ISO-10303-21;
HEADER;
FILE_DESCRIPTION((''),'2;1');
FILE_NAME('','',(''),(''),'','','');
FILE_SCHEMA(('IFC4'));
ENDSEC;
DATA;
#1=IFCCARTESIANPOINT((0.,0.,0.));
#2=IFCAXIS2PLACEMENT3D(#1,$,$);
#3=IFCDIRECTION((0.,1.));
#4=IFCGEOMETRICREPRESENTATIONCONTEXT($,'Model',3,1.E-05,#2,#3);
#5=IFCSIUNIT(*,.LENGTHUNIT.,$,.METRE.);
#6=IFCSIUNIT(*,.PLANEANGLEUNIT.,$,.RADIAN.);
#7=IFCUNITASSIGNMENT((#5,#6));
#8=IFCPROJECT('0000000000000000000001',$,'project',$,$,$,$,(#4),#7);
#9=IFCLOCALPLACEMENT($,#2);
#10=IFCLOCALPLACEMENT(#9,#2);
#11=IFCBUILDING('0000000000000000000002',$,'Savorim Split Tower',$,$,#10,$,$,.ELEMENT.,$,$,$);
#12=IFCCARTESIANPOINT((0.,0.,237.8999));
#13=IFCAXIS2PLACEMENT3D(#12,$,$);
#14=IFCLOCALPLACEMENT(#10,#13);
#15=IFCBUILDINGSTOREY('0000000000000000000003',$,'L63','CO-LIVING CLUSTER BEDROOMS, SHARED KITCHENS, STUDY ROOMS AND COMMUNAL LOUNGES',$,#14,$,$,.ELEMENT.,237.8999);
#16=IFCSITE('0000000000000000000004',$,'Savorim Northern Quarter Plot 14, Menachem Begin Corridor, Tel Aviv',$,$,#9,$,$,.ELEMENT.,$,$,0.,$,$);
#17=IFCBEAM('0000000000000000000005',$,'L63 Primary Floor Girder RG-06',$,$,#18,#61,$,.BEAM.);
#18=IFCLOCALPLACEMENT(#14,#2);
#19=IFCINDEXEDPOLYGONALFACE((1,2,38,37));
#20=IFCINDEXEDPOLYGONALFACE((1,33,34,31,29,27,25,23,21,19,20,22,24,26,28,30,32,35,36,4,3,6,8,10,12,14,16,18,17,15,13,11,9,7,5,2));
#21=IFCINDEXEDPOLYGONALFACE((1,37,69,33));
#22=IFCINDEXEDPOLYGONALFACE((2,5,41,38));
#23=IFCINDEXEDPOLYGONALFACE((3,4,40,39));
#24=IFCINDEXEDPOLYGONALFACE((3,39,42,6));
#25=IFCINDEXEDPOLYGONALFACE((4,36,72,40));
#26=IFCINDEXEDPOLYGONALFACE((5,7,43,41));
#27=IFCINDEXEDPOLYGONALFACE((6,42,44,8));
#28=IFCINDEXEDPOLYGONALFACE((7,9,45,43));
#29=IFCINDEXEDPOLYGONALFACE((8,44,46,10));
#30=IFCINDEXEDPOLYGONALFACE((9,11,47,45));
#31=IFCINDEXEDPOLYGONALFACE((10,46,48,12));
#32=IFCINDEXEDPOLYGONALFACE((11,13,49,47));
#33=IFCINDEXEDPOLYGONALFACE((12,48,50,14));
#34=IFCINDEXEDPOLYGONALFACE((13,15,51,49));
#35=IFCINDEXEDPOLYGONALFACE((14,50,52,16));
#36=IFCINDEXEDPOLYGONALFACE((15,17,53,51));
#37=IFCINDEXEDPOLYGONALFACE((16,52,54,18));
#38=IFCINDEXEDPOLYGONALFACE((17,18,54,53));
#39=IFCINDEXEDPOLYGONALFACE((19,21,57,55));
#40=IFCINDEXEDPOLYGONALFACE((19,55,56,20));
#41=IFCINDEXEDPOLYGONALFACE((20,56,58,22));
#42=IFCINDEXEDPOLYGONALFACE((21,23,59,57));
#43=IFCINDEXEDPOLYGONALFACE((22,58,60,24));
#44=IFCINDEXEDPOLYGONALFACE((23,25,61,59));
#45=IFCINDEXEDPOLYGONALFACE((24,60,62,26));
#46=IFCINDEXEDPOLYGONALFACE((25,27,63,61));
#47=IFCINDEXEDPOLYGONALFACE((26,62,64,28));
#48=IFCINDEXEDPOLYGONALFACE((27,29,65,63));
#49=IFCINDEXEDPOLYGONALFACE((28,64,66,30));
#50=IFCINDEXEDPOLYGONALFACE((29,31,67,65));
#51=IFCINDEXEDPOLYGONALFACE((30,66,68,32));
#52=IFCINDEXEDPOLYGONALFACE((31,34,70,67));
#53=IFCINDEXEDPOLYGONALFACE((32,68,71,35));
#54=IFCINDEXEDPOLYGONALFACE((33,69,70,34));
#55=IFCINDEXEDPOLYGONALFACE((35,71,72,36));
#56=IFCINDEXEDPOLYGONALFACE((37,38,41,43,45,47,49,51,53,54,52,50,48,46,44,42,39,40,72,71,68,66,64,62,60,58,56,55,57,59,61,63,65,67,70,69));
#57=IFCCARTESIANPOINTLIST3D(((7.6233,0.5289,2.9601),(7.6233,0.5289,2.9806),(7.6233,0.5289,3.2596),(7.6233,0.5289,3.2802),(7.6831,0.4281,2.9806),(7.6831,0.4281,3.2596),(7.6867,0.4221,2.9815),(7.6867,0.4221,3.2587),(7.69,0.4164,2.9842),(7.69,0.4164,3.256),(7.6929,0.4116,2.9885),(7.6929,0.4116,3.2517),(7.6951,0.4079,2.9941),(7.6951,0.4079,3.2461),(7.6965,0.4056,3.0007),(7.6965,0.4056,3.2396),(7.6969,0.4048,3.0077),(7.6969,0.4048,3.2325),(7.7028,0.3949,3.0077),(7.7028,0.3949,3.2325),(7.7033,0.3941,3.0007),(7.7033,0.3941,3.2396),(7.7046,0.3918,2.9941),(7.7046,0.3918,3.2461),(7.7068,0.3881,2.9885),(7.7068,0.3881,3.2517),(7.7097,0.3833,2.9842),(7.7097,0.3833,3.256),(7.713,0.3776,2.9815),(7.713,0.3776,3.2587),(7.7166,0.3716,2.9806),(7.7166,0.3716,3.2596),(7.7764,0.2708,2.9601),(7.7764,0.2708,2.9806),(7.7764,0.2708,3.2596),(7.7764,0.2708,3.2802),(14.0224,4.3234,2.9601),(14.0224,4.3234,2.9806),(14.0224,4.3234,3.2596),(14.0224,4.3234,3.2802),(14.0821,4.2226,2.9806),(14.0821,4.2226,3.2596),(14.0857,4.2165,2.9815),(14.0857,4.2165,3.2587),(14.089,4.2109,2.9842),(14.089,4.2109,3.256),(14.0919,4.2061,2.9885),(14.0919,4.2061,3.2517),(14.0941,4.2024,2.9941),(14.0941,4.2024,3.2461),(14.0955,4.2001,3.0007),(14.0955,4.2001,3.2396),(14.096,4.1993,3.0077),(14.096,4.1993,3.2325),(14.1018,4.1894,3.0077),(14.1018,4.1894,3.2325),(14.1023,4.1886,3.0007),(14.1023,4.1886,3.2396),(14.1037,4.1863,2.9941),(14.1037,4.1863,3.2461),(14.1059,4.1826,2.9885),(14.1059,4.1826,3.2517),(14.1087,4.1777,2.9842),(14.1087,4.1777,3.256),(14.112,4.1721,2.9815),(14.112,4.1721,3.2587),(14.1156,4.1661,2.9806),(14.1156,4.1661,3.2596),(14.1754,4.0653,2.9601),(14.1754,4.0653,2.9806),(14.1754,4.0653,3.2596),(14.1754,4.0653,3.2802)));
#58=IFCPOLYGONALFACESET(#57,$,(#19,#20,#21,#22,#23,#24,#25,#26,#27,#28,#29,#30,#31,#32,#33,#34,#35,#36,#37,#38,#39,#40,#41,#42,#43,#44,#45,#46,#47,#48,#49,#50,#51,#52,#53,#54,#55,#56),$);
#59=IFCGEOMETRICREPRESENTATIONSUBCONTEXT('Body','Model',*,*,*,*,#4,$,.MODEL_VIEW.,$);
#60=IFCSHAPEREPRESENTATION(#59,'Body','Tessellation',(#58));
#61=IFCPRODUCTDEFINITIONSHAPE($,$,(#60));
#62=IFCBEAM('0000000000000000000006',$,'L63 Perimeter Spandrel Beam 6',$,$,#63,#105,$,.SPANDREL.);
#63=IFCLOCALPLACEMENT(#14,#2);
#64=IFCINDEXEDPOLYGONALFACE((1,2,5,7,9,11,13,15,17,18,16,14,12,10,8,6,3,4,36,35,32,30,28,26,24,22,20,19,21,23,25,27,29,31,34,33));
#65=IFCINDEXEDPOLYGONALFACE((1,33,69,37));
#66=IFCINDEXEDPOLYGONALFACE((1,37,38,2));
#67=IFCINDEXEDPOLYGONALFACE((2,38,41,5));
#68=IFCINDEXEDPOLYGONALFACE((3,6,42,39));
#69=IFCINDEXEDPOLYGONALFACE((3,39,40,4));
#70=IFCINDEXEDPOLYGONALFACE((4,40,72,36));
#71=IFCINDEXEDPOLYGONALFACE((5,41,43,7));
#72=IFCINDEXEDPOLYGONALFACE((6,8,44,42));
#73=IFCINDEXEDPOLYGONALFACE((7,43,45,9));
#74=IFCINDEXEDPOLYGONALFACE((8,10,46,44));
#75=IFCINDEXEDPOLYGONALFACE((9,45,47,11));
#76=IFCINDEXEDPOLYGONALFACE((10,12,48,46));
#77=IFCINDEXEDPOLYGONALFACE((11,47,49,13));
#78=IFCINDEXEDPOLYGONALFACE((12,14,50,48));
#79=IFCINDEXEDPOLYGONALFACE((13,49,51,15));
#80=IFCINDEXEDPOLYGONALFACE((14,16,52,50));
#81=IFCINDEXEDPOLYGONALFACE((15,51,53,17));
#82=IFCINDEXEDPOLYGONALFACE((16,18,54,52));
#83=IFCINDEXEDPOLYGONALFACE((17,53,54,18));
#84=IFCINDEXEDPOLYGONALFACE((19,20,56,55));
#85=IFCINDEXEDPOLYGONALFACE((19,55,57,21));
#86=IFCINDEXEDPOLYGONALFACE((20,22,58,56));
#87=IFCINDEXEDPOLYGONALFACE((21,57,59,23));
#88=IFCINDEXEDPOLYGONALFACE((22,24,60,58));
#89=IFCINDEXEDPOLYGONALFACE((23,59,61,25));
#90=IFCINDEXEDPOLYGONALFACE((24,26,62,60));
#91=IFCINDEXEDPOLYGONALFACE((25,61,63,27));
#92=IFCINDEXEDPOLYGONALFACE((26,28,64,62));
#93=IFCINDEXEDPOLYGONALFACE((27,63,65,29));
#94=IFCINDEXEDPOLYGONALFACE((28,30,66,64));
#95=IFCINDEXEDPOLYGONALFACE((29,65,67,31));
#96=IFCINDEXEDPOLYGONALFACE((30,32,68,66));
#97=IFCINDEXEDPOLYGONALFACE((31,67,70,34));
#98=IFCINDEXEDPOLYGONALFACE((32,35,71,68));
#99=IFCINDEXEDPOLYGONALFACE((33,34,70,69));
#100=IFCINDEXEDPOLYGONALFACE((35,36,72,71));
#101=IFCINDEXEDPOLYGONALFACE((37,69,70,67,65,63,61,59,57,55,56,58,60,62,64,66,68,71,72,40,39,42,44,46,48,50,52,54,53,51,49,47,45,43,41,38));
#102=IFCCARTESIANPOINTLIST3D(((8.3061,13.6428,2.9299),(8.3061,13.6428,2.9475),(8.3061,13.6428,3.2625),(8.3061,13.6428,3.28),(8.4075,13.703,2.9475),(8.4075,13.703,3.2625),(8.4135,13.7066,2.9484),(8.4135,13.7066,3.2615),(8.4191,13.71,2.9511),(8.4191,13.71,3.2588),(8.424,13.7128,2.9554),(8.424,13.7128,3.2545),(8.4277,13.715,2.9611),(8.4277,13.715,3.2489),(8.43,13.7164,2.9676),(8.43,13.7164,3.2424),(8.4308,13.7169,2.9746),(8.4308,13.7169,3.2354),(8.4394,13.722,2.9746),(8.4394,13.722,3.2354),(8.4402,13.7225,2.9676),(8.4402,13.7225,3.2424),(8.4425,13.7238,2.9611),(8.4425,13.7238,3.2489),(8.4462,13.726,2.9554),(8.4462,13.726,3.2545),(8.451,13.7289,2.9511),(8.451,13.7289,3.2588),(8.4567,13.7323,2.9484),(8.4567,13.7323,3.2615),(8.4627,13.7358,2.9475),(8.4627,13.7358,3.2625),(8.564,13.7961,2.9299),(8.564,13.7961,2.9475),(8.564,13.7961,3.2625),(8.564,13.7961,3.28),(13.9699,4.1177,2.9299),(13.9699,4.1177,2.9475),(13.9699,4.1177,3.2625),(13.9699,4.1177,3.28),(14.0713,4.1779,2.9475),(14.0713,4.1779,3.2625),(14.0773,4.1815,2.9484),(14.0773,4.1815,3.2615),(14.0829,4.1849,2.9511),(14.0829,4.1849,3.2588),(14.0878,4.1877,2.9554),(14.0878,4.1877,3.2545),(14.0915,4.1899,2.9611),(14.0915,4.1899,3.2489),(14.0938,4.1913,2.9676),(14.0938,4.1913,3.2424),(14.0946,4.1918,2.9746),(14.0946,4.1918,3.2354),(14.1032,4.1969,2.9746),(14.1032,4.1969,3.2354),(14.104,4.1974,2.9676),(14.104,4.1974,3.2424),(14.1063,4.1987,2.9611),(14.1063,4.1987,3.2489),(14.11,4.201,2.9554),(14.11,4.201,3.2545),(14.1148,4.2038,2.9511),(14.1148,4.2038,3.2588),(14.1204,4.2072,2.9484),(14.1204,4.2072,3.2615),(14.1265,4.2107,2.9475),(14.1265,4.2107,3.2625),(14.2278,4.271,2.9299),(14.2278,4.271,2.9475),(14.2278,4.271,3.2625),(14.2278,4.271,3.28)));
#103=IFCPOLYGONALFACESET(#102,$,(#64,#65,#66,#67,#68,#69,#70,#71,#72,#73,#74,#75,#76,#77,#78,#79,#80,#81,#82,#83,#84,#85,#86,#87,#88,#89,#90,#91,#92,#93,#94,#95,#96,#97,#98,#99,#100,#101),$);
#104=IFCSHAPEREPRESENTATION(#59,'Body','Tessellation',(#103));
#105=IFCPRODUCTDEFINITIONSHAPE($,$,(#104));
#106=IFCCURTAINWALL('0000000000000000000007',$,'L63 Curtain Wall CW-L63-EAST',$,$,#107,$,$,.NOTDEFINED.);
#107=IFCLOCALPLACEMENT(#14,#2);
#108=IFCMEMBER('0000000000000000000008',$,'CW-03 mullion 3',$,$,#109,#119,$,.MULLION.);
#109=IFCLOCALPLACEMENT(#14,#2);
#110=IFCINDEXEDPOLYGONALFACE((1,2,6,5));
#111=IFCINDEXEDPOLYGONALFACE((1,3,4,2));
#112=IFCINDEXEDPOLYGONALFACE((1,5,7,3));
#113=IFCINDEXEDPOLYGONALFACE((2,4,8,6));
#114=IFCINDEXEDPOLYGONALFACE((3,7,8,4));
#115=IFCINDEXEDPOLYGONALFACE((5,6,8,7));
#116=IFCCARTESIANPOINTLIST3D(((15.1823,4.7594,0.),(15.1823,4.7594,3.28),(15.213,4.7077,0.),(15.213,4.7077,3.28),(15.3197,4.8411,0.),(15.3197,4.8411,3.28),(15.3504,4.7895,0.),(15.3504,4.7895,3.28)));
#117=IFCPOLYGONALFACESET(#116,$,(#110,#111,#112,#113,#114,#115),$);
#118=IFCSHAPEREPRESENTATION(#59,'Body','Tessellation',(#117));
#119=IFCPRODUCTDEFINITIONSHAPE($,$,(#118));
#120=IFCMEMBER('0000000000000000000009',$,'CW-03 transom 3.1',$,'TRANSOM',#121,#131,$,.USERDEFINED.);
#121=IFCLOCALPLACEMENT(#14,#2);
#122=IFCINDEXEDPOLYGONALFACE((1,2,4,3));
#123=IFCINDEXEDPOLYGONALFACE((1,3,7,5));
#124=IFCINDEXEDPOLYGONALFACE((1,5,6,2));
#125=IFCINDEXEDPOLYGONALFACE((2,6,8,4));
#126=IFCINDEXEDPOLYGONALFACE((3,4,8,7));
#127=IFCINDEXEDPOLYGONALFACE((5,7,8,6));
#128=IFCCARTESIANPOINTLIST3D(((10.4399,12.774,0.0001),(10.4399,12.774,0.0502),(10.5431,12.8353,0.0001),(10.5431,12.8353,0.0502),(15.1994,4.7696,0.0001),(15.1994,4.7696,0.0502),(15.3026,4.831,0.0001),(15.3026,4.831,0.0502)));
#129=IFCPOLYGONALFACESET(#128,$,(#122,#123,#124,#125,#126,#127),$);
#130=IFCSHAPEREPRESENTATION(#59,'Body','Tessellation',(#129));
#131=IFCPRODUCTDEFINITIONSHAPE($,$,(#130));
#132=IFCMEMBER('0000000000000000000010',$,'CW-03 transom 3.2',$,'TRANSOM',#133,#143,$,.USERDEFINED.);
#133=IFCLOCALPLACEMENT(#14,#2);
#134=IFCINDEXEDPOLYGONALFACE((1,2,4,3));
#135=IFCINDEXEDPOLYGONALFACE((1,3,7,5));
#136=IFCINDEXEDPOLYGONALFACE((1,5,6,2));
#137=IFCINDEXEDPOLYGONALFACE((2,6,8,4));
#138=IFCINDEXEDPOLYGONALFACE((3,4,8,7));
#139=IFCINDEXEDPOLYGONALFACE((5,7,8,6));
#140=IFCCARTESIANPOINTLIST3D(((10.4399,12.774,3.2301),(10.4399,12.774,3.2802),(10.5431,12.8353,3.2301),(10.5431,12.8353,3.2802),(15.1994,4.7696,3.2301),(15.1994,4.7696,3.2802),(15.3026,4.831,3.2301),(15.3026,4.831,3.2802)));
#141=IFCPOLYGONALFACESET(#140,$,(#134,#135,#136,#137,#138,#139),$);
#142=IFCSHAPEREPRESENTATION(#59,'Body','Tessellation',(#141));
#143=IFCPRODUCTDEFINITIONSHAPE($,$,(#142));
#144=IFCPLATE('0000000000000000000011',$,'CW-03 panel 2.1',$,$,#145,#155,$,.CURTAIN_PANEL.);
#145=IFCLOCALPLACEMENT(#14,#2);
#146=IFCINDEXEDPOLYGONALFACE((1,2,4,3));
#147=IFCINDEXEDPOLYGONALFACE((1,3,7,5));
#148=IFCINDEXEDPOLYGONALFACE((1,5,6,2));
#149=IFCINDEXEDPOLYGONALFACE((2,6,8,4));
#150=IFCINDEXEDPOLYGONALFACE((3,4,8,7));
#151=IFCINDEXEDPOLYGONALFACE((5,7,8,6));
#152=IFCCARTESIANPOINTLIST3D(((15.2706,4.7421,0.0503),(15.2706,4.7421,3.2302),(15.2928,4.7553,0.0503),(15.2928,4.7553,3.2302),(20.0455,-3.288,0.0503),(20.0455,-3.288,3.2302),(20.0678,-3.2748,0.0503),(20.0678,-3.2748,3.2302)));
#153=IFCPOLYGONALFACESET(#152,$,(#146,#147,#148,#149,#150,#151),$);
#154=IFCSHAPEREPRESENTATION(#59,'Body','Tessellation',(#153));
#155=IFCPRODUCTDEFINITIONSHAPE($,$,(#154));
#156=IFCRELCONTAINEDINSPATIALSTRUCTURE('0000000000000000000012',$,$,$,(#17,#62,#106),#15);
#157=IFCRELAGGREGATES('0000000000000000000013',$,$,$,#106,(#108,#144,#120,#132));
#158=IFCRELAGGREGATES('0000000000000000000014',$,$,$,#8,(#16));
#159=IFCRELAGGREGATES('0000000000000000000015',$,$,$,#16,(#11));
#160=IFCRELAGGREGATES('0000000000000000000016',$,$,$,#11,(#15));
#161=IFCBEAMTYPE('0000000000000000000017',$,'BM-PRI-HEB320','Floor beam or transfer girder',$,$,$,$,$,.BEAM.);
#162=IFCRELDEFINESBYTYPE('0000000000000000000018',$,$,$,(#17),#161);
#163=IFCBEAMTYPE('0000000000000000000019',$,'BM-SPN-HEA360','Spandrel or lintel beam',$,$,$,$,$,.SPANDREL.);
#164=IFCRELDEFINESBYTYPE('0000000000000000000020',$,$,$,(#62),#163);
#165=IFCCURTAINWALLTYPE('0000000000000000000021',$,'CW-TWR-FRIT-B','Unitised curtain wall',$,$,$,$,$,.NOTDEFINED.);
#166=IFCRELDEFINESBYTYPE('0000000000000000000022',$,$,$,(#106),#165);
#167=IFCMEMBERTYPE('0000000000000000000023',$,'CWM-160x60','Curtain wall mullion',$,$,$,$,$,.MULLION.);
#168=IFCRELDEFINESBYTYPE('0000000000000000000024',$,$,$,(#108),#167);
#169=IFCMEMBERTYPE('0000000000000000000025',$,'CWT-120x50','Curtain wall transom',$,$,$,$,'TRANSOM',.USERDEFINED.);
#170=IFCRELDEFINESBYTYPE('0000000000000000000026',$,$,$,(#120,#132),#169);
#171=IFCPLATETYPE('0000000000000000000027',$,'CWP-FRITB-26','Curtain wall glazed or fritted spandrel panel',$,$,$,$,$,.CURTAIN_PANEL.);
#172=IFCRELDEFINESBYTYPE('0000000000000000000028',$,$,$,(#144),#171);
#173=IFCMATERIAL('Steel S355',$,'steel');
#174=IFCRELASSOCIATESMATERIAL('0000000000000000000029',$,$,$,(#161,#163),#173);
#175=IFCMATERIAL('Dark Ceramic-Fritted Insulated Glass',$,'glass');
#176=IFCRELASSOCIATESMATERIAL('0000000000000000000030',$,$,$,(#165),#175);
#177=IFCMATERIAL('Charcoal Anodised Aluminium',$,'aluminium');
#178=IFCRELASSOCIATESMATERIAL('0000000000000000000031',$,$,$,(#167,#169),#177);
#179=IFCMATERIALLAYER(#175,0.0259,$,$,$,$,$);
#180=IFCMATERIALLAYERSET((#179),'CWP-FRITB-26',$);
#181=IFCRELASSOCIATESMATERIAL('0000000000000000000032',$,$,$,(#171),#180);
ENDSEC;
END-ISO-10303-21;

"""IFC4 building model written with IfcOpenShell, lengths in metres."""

from ifc_helpers import new_model, si_unit, direction, frame, origin, origin_2d, place, context, subcontext, project, spatial, rectangle, i_section, extrude, material, layer, layer_set, material_profile, profile_set, type_object, element, aggregate, save


model = new_model("IFC4")

# Units and contexts
model_context = context("Model", 3, precision=1e-05, world=origin(), true_north=direction((0.0, 1.0)))
body_context = subcontext(model_context, "Body", "Model", "MODEL_VIEW")
ifc_project = project(units=[si_unit("LENGTHUNIT", "METRE"), si_unit("PLANEANGLEUNIT", "RADIAN")], contexts=[model_context])

# Site, building, storey
site_placement = place(None, origin())
site = spatial("IfcSite", under=ifc_project, at=site_placement, Name="Savorim Northern Quarter Plot 14, Menachem Begin Corridor, Tel Aviv", CompositionType="ELEMENT", RefElevation=0.0)
building_placement = place(site_placement, origin())
building = spatial("IfcBuilding", under=site, at=building_placement, Name="Savorim Split Tower", CompositionType="ELEMENT")
storey_placement = place(building_placement, frame((0.0, 0.0, 237.8999)))
storey = spatial("IfcBuildingStorey", under=building, at=storey_placement, Name="L63", Description="CO-LIVING CLUSTER BEDROOMS, SHARED KITCHENS, STUDY ROOMS AND COMMUNAL LOUNGES", CompositionType="ELEMENT", Elevation=237.8999)

# Shared definitions
ifc_material_1 = material(Name="Steel S355", Category="steel")

# Beams
ifc_material_profile_1 = material_profile(ifc_material_1, i_section(OverallWidth=0.3, OverallDepth=0.3201, WebThickness=0.0115, FlangeThickness=0.0205, FilletRadius=0.0271, at=origin_2d()), Name="HEB 320")
ifc_profile_set_1 = profile_set([ifc_material_profile_1], Name="Steel S355")
beam_type_1 = type_object("IfcBeamType", Name="BM-PRI-HEB320", Description="Floor beam or transfer girder", PredefinedType="BEAM", material=ifc_profile_set_1)
beam_1_placement = place(storey_placement, frame((14.0989, 4.1943, 3.1201), z_axis=(-0.860145, -0.510049, 0.0), x_axis=(0.510049, -0.860145, 0.0)))
element("IfcBeam", 1, at=beam_1_placement, inside=storey, type_object=beam_type_1, Name="L63 Primary Floor Girder RG-06", PredefinedType="BEAM", context=body_context, shape_type="SweptSolid", body=[
    extrude(i_section(OverallWidth=0.3, OverallDepth=0.3201, WebThickness=0.0115, FlangeThickness=0.0205, FilletRadius=0.0271, at=origin_2d()), origin(), (0.0, 0.0, 1.0), 7.4395),
])
ifc_material_profile_2 = material_profile(ifc_material_1, i_section(OverallWidth=0.3, OverallDepth=0.3501, WebThickness=0.01, FlangeThickness=0.0176, FilletRadius=0.0271, at=origin_2d()), Name="HEA 360")
ifc_profile_set_2 = profile_set([ifc_material_profile_2], Name="Steel S355")
beam_type_2 = type_object("IfcBeamType", Name="BM-SPN-HEA360", Description="Spandrel or lintel beam", PredefinedType="SPANDREL", material=ifc_profile_set_2)
beam_2_placement = place(storey_placement, frame((14.0989, 4.1943, 3.105), z_axis=(-0.51109, 0.859527, 0.0), x_axis=(-0.859527, -0.51109, 0.0)))
element("IfcBeam", 2, at=beam_2_placement, inside=storey, type_object=beam_type_2, Name="L63 Perimeter Spandrel Beam 6", PredefinedType="SPANDREL", context=body_context, shape_type="SweptSolid", body=[
    extrude(i_section(OverallWidth=0.3, OverallDepth=0.3501, WebThickness=0.01, FlangeThickness=0.0176, FilletRadius=0.0271, at=origin_2d()), origin(), (0.0, 0.0, 1.0), 11.0818),
])

# Curtain wall, members, plate
ifc_material_2 = material(Name="Dark Ceramic-Fritted Insulated Glass", Category="glass")
curtain_wall_type = type_object("IfcCurtainWallType", Name="CW-TWR-FRIT-B", Description="Unitised curtain wall", PredefinedType="NOTDEFINED", material=ifc_material_2)
curtain_wall_placement = place(storey_placement, origin())
curtain_wall = element("IfcCurtainWall", 3, at=curtain_wall_placement, inside=storey, type_object=curtain_wall_type, Name="L63 Curtain Wall CW-L63-EAST", PredefinedType="NOTDEFINED")
ifc_material_3 = material(Name="Charcoal Anodised Aluminium", Category="aluminium")
ifc_material_profile_3 = material_profile(ifc_material_3, rectangle(XDim=0.1599, YDim=0.0601, at=origin_2d()), Name="ALU-M 160x60")
ifc_profile_set_3 = profile_set([ifc_material_profile_3], Name="Charcoal Anodised Aluminium")
member_type_1 = type_object("IfcMemberType", Name="CWM-160x60", Description="Curtain wall mullion", PredefinedType="MULLION", material=ifc_profile_set_3)
member_1_placement = place(storey_placement, frame((15.2664, 4.7744, 0.0), z_axis=(0.0, 0.0, 1.0), x_axis=(-0.859524, -0.511096, 0.0)))
member_1 = element("IfcMember", 4, at=member_1_placement, type_object=member_type_1, Name="CW-03 mullion 3", PredefinedType="MULLION", context=body_context, shape_type="SweptSolid", body=[
    extrude(rectangle(XDim=0.1599, YDim=0.0601, at=origin_2d()), origin(), (0.0, 0.0, 1.0), 3.28),
])
ifc_material_profile_4 = material_profile(ifc_material_3, rectangle(XDim=0.1201, YDim=0.05, at=origin_2d()), Name="ALU-T 120x50")
ifc_profile_set_4 = profile_set([ifc_material_profile_4], Name="Charcoal Anodised Aluminium")
member_type_2 = type_object("IfcMemberType", Name="CWT-120x50", Description="Curtain wall transom", ElementType="TRANSOM", PredefinedType="USERDEFINED", material=ifc_profile_set_4)
member_2_placement = place(storey_placement, frame((15.251, 4.8003, 0.0251), z_axis=(-0.511087, 0.859529, 0.0), x_axis=(-0.859529, -0.511087, 0.0)))
member_2 = element("IfcMember", 5, at=member_2_placement, type_object=member_type_2, Name="CW-03 transom 3.1", ObjectType="TRANSOM", PredefinedType="USERDEFINED", context=body_context, shape_type="SweptSolid", body=[
    extrude(rectangle(XDim=0.1201, YDim=0.05, at=origin_2d()), origin(), (0.0, 0.0, 1.0), 9.3125),
])
member_3_placement = place(storey_placement, frame((15.251, 4.8003, 3.2551), z_axis=(-0.511087, 0.859529, 0.0), x_axis=(-0.859529, -0.511087, 0.0)))
member_3 = element("IfcMember", 6, at=member_3_placement, type_object=member_type_2, Name="CW-03 transom 3.2", ObjectType="TRANSOM", PredefinedType="USERDEFINED", context=body_context, shape_type="SweptSolid", body=[
    extrude(rectangle(XDim=0.1201, YDim=0.05, at=origin_2d()), origin(), (0.0, 0.0, 1.0), 9.3125),
])
ifc_layer_1 = layer(ifc_material_2, 0.0259)
ifc_layer_set_1 = layer_set([ifc_layer_1], Name="CWP-FRITB-26")
plate_type = type_object("IfcPlateType", Name="CWP-FRITB-26", Description="Curtain wall glazed or fritted spandrel panel", PredefinedType="CURTAIN_PANEL", material=ifc_layer_set_1)
plate_placement = place(storey_placement, frame((17.6692, 0.7336, 0.0503), z_axis=(0.0, 0.0, 1.0), x_axis=(-0.511096, 0.859524, 0.0)))
plate = element("IfcPlate", 7, at=plate_placement, type_object=plate_type, Name="CW-03 panel 2.1", PredefinedType="CURTAIN_PANEL", context=body_context, shape_type="SweptSolid", body=[
    extrude(rectangle(XDim=9.3425, YDim=0.0259, at=origin_2d()), origin(), (0.0, 0.0, 1.0), 3.1799),
])
aggregate(curtain_wall, [member_1, plate, member_2, member_3])

save(model, "model.ifc")
